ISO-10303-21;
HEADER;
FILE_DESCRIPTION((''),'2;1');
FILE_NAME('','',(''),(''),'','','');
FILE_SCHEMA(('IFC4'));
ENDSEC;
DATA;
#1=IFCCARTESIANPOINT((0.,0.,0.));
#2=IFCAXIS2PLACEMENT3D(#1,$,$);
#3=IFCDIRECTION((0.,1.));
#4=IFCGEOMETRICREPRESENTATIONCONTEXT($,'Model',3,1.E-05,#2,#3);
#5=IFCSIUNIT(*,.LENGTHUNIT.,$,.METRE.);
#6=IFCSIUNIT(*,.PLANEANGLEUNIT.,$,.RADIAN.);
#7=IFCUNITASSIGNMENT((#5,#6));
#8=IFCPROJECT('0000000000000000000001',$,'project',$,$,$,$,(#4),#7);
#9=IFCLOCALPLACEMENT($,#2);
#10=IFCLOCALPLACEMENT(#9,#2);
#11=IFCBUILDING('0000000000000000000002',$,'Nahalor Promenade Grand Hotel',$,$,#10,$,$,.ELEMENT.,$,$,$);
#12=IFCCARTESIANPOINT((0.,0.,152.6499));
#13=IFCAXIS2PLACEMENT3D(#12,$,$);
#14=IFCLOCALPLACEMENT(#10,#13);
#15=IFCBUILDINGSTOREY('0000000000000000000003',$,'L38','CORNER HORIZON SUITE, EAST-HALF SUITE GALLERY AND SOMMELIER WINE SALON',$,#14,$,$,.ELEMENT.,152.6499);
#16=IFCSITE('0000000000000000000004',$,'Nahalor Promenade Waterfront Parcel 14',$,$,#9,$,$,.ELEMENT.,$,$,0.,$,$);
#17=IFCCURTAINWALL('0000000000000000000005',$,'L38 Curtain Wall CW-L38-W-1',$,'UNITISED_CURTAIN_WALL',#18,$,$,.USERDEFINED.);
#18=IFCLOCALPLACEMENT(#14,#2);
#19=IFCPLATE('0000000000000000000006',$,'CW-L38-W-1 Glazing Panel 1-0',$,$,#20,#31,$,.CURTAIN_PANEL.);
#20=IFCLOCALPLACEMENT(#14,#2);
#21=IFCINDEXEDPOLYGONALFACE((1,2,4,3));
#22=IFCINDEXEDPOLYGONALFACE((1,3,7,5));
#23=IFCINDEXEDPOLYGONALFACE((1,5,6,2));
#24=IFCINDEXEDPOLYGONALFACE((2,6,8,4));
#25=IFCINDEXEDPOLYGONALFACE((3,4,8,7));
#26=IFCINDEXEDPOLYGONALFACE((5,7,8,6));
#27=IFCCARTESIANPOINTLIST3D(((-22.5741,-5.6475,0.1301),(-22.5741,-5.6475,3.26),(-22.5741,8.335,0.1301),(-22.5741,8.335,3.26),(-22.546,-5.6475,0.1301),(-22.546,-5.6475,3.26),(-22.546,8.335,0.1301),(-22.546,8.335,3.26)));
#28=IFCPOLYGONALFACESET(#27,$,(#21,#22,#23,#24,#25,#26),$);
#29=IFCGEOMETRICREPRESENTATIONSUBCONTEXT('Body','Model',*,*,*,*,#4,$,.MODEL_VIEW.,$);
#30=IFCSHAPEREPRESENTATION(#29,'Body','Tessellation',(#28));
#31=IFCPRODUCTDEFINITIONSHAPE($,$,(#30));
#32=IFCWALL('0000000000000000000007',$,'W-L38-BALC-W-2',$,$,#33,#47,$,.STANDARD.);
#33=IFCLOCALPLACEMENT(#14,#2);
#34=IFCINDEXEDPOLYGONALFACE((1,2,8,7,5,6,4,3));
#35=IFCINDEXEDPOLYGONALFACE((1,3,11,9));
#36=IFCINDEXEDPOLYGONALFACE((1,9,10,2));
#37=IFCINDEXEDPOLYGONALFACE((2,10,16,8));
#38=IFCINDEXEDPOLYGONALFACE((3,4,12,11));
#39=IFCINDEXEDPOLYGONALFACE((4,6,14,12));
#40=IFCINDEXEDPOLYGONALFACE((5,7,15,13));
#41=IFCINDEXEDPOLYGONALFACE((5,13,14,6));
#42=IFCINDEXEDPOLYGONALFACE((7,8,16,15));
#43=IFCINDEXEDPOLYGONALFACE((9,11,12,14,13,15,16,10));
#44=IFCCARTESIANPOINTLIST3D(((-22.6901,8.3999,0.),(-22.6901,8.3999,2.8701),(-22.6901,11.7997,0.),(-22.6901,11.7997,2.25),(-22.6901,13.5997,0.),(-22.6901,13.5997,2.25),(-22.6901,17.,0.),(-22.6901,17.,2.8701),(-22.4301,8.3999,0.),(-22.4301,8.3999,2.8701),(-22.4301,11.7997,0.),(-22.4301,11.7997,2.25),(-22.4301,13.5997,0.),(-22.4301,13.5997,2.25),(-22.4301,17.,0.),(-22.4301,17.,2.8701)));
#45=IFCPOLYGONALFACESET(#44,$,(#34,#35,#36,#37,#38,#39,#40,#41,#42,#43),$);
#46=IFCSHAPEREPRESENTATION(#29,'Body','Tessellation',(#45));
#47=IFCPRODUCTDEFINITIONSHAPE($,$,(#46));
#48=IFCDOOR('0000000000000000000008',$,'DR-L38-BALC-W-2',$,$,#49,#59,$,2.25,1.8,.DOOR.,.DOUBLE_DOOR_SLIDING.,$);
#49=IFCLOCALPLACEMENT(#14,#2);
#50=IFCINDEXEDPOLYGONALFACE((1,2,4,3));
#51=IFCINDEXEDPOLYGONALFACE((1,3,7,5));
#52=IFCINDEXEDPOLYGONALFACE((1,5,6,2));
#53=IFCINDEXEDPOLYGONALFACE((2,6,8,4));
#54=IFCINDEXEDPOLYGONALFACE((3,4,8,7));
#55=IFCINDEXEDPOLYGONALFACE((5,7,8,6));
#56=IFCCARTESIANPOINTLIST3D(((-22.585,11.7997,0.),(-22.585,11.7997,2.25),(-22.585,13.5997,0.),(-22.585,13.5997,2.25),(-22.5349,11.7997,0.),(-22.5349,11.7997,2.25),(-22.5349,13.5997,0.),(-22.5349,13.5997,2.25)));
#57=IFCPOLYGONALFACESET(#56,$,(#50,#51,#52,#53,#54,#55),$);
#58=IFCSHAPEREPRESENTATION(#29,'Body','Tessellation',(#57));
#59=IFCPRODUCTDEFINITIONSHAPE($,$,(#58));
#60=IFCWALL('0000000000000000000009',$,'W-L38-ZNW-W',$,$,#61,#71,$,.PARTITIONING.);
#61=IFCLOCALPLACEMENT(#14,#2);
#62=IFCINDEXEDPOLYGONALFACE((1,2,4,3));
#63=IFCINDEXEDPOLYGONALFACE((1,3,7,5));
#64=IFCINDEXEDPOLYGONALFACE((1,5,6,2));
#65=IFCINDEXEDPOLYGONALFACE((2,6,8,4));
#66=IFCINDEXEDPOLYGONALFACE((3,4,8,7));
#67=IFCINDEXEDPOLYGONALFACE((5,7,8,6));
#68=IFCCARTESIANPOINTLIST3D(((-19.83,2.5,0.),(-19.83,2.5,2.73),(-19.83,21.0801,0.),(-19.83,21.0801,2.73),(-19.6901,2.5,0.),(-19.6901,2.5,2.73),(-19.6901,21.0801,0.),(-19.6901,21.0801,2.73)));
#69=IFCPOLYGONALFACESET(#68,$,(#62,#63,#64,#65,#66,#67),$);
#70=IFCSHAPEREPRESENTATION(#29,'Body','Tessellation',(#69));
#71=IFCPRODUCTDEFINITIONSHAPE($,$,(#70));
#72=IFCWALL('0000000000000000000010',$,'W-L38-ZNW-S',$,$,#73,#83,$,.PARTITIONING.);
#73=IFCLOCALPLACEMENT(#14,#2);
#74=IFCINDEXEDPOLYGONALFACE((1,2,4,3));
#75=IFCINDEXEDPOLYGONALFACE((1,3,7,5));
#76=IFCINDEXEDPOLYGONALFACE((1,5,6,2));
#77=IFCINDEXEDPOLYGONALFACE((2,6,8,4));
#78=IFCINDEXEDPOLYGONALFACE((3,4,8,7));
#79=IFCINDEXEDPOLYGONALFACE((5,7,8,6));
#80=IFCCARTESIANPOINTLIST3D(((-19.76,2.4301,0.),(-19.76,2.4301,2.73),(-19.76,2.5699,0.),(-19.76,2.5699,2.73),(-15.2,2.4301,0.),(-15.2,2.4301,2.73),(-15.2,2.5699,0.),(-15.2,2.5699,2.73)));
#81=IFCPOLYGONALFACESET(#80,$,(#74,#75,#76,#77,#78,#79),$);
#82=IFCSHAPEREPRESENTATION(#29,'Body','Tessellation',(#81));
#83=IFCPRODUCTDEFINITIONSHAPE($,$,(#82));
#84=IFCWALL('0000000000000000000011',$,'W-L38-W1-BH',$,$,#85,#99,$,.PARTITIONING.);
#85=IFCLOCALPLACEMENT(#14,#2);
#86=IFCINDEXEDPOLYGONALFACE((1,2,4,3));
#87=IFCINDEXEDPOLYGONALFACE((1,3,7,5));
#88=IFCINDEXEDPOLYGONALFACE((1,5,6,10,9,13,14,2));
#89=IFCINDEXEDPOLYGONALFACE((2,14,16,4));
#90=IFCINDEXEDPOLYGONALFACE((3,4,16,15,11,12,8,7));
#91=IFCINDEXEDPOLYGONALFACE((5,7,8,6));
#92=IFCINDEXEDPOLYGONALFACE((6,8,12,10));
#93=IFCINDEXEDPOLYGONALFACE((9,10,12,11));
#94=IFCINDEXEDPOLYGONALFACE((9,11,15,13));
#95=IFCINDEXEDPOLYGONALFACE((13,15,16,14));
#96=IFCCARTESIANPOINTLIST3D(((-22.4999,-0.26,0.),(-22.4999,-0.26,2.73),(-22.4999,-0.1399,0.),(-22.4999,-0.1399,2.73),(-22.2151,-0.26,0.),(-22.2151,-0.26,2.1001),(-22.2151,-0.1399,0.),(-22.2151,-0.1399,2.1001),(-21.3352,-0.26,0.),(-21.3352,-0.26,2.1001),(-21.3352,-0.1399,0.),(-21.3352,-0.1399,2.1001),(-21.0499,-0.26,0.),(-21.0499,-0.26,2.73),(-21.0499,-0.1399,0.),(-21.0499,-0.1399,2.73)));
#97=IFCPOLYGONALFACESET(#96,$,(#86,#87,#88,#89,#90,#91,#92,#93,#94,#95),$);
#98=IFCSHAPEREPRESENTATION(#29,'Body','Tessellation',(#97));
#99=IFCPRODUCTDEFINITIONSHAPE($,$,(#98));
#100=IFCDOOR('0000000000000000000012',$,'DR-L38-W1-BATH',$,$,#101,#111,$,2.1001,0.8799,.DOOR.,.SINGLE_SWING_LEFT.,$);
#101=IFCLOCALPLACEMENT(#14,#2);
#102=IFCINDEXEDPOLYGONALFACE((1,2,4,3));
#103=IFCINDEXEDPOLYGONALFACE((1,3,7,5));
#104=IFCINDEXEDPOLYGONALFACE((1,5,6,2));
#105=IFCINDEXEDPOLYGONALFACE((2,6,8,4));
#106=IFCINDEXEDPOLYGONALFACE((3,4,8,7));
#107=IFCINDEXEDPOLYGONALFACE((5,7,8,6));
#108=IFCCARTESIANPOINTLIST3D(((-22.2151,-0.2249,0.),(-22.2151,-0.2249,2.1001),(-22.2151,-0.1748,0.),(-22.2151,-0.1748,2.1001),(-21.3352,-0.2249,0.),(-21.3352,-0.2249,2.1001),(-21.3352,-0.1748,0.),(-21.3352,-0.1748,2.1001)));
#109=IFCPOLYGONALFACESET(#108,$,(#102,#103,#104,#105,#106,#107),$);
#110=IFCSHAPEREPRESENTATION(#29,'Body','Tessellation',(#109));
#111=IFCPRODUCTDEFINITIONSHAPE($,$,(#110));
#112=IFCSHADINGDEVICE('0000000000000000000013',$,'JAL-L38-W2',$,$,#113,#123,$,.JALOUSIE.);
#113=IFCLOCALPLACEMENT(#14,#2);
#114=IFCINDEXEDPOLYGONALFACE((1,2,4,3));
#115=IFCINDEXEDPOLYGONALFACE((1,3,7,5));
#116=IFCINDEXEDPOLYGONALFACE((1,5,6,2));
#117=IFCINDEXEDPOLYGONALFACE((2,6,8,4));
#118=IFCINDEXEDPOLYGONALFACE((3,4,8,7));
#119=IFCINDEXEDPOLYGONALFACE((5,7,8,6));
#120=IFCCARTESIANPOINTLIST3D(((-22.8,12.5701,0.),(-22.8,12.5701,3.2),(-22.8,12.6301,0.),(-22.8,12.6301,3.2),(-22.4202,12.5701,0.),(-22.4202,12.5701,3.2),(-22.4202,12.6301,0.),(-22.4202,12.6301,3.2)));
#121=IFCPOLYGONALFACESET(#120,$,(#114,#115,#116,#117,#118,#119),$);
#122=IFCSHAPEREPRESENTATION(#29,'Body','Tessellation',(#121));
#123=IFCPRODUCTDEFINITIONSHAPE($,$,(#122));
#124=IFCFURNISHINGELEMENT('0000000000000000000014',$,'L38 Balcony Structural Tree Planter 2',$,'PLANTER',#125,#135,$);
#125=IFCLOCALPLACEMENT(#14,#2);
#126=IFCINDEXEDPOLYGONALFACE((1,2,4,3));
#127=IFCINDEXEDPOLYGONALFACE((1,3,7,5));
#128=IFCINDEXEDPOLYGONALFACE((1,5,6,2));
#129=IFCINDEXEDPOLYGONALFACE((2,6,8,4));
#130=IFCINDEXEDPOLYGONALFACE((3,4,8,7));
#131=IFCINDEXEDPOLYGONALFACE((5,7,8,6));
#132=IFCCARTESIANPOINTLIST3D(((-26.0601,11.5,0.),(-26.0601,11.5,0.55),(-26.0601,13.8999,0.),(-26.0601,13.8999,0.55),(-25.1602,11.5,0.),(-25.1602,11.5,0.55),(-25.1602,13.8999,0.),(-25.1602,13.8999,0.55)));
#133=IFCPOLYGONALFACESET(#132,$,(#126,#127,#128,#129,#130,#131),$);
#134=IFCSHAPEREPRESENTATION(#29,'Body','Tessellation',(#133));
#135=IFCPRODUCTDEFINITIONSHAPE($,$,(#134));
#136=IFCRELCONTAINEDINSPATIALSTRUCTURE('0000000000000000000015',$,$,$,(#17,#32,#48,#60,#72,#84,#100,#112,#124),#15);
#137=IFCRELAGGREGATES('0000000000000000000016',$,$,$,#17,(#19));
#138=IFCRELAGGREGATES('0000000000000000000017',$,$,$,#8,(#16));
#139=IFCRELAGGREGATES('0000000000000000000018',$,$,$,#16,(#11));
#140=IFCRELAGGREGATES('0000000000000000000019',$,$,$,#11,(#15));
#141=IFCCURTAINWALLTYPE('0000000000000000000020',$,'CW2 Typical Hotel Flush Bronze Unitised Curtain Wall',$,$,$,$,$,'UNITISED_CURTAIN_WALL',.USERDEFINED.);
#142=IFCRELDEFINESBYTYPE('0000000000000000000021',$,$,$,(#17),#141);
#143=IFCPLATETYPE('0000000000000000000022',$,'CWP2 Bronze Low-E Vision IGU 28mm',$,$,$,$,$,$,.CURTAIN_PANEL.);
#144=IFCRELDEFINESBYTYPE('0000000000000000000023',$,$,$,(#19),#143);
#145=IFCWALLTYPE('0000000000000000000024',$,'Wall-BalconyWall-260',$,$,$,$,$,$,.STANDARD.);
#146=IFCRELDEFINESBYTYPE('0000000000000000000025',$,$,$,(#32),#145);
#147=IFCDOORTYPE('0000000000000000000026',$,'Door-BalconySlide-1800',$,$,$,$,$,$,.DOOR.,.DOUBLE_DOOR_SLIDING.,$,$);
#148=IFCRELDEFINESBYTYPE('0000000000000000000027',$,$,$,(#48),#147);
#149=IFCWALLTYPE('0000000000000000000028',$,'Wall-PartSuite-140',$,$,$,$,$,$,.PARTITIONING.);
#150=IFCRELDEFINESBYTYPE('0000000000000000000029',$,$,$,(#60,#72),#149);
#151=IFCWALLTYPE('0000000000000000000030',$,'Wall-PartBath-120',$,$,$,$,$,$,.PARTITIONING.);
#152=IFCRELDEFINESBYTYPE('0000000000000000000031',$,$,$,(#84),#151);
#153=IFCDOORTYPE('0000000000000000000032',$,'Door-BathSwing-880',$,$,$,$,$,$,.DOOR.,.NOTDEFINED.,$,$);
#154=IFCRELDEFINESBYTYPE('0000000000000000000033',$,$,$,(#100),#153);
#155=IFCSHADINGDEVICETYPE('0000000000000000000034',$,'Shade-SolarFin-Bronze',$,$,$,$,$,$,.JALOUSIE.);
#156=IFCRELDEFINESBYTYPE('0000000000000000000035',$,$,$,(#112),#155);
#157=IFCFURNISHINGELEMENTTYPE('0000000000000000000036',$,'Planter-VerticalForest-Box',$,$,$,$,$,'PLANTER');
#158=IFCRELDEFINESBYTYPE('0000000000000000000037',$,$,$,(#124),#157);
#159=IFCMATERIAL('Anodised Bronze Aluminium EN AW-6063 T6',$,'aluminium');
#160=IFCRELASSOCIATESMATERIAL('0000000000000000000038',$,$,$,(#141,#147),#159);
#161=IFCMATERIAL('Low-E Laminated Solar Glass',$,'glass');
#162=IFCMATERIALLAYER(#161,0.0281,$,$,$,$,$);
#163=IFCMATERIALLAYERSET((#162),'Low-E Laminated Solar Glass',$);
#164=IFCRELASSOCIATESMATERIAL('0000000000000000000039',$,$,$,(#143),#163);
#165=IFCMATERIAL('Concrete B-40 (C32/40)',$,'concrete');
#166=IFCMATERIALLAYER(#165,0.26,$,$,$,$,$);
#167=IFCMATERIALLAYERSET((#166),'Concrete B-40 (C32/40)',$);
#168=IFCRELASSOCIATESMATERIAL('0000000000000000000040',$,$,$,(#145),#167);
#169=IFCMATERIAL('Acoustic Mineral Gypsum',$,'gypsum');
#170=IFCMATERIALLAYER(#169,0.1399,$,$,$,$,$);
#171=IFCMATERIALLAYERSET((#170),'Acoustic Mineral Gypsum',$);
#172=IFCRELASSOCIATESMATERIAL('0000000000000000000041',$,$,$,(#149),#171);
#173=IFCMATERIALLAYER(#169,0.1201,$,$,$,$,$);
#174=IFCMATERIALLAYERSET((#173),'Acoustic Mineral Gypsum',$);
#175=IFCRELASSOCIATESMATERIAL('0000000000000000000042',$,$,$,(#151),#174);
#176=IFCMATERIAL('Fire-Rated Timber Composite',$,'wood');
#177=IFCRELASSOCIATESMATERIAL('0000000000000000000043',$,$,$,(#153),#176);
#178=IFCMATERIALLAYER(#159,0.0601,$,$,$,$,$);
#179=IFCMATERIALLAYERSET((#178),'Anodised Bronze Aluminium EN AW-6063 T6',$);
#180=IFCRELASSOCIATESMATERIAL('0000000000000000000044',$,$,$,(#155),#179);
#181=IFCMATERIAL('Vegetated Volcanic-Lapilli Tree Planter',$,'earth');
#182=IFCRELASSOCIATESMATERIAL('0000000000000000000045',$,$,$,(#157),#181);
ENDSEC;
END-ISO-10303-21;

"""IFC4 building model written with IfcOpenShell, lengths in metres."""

from ifc_helpers import new_model, si_unit, direction, frame, frame_2d, origin, origin_2d, place, context, subcontext, project, spatial, rectangle, extrude, source, transform, mapped, material, layer, layer_set, type_object, element, fill, aggregate, save


model = new_model("IFC4")

# Units and contexts
model_context = context("Model", 3, precision=1e-05, world=origin(), true_north=direction((0.0, 1.0)))
body_context = subcontext(model_context, "Body", "Model", "MODEL_VIEW")
ifc_project = project(units=[si_unit("LENGTHUNIT", "METRE"), si_unit("PLANEANGLEUNIT", "RADIAN")], contexts=[model_context])

# Site, building, storey
site_placement = place(None, origin())
site = spatial("IfcSite", under=ifc_project, at=site_placement, Name="Nahalor Promenade Waterfront Parcel 14", CompositionType="ELEMENT", RefElevation=0.0)
building_placement = place(site_placement, origin())
building = spatial("IfcBuilding", under=site, at=building_placement, Name="Nahalor Promenade Grand Hotel", CompositionType="ELEMENT")
storey_placement = place(building_placement, frame((0.0, 0.0, 152.6499)))
storey = spatial("IfcBuildingStorey", under=building, at=storey_placement, Name="L38", Description="CORNER HORIZON SUITE, EAST-HALF SUITE GALLERY AND SOMMELIER WINE SALON", CompositionType="ELEMENT", Elevation=152.6499)

# Curtain wall, plate
ifc_material_1 = material(Name="Anodised Bronze Aluminium EN AW-6063 T6", Category="aluminium")
curtain_wall_type = type_object("IfcCurtainWallType", Name="CW2 Typical Hotel Flush Bronze Unitised Curtain Wall", ElementType="UNITISED_CURTAIN_WALL", PredefinedType="USERDEFINED", material=ifc_material_1)
curtain_wall_placement = place(storey_placement, origin())
curtain_wall = element("IfcCurtainWall", 1, at=curtain_wall_placement, inside=storey, type_object=curtain_wall_type, Name="L38 Curtain Wall CW-L38-W-1", ObjectType="UNITISED_CURTAIN_WALL", PredefinedType="USERDEFINED")
ifc_material_2 = material(Name="Low-E Laminated Solar Glass", Category="glass")
ifc_layer_1 = layer(ifc_material_2, 0.0281)
ifc_layer_set_1 = layer_set([ifc_layer_1], Name="Low-E Laminated Solar Glass")
plate_type = type_object("IfcPlateType", Name="CWP2 Bronze Low-E Vision IGU 28mm", PredefinedType="CURTAIN_PANEL", material=ifc_layer_set_1)
shared_shape_1 = source(origin(), body_context, "Body", "SweptSolid", [
    extrude(rectangle(XDim=13.9824, YDim=0.0281, at=origin_2d()), origin(), (0.0, 0.0, 1.0), 3.1299),
])
plate_placement = place(storey_placement, frame((-22.5601, 1.3438, 0.1301), z_axis=(0.0, 0.0, 1.0), x_axis=(0.0, 1.0, 0.0)))
plate = element("IfcPlate", 2, at=plate_placement, type_object=plate_type, Name="CW-L38-W-1 Glazing Panel 1-0", PredefinedType="CURTAIN_PANEL", context=body_context, shape_type="MappedRepresentation", body=[
    mapped(shared_shape_1, transform((0.0, 0.0, 0.0), scale=1.0)),
])
aggregate(curtain_wall, [plate])

# Wall, opening, door
ifc_material_3 = material(Name="Concrete B-40 (C32/40)", Category="concrete")
ifc_layer_2 = layer(ifc_material_3, 0.26)
ifc_layer_set_2 = layer_set([ifc_layer_2], Name="Concrete B-40 (C32/40)")
wall_type_1 = type_object("IfcWallType", Name="Wall-BalconyWall-260", PredefinedType="STANDARD", material=ifc_layer_set_2)
shared_shape_2 = source(origin(), body_context, "Body", "SweptSolid", [
    extrude(rectangle(XDim=8.6001, YDim=0.26, at=frame_2d((4.3, 0.0))), origin(), (0.0, 0.0, 1.0), 2.8701),
])
wall_1_placement = place(storey_placement, frame((-22.5601, 8.3999, 0.0), z_axis=(0.0, 0.0, 1.0), x_axis=(0.0, 1.0, 0.0)))
wall_1 = element("IfcWall", 3, at=wall_1_placement, inside=storey, type_object=wall_type_1, Name="W-L38-BALC-W-2", PredefinedType="STANDARD", context=body_context, shape_type="MappedRepresentation", body=[
    mapped(shared_shape_2, transform((0.0, 0.0, 0.0), scale=1.0)),
])
opening_1_placement = place(wall_1_placement, frame((3.3999, 0.0, 0.0)))
opening_1 = element("IfcOpeningElement", 4, at=opening_1_placement, cuts=wall_1, PredefinedType="OPENING", context=body_context, shape_type="SweptSolid", body=[
    extrude(rectangle(XDim=1.8, YDim=2.25, at=frame_2d((0.8999, 1.125))), frame((0.0, 0.1399, 0.0), z_axis=(0.0, -1.0, 0.0), x_axis=(1.0, 0.0, 0.0)), (0.0, 0.0, 1.0), 0.28),
])
door_type_1 = type_object("IfcDoorType", Name="Door-BalconySlide-1800", OperationType="DOUBLE_DOOR_SLIDING", PredefinedType="DOOR", material=ifc_material_1)
shared_shape_3 = source(origin(), body_context, "Body", "SweptSolid", [
    extrude(rectangle(XDim=1.8, YDim=2.25, at=frame_2d((0.8999, 1.125))), frame((0.0, 0.0249, 0.0), z_axis=(0.0, -1.0, 0.0), x_axis=(1.0, 0.0, 0.0)), (0.0, 0.0, 1.0), 0.05),
])
door_1_placement = place(opening_1_placement, origin())
door_1 = element("IfcDoor", 5, at=door_1_placement, inside=storey, type_object=door_type_1, Name="DR-L38-BALC-W-2", OperationType="DOUBLE_DOOR_SLIDING", OverallHeight=2.25, OverallWidth=1.8, PredefinedType="DOOR", context=body_context, shape_type="MappedRepresentation", body=[
    mapped(shared_shape_3, transform((0.0, 0.0, 0.0), scale=1.0)),
])
fill(opening_1, door_1)

# Walls
ifc_material_4 = material(Name="Acoustic Mineral Gypsum", Category="gypsum")
ifc_layer_3 = layer(ifc_material_4, 0.1399)
ifc_layer_set_3 = layer_set([ifc_layer_3], Name="Acoustic Mineral Gypsum")
wall_type_2 = type_object("IfcWallType", Name="Wall-PartSuite-140", PredefinedType="PARTITIONING", material=ifc_layer_set_3)
shared_shape_4 = source(origin(), body_context, "Body", "SweptSolid", [
    extrude(rectangle(XDim=18.5801, YDim=0.1399, at=frame_2d((9.29, 0.0))), origin(), (0.0, 0.0, 1.0), 2.73),
])
wall_2_placement = place(storey_placement, frame((-19.76, 2.5, 0.0), z_axis=(0.0, 0.0, 1.0), x_axis=(0.0, 1.0, 0.0)))
element("IfcWall", 6, at=wall_2_placement, inside=storey, type_object=wall_type_2, Name="W-L38-ZNW-W", PredefinedType="PARTITIONING", context=body_context, shape_type="MappedRepresentation", body=[
    mapped(shared_shape_4, transform((0.0, 0.0, 0.0), scale=1.0)),
])
shared_shape_5 = source(origin(), body_context, "Body", "SweptSolid", [
    extrude(rectangle(XDim=4.5601, YDim=0.1399, at=frame_2d((2.28, 0.0))), origin(), (0.0, 0.0, 1.0), 2.73),
])
wall_3_placement = place(storey_placement, frame((-19.76, 2.5, 0.0), z_axis=(0.0, 0.0, 1.0), x_axis=(1.0, 0.0, 0.0)))
element("IfcWall", 7, at=wall_3_placement, inside=storey, type_object=wall_type_2, Name="W-L38-ZNW-S", PredefinedType="PARTITIONING", context=body_context, shape_type="MappedRepresentation", body=[
    mapped(shared_shape_5, transform((0.0, 0.0, 0.0), scale=1.0)),
])

# Wall, opening, door
ifc_layer_4 = layer(ifc_material_4, 0.1201)
ifc_layer_set_4 = layer_set([ifc_layer_4], Name="Acoustic Mineral Gypsum")
wall_type_3 = type_object("IfcWallType", Name="Wall-PartBath-120", PredefinedType="PARTITIONING", material=ifc_layer_set_4)
shared_shape_6 = source(origin(), body_context, "Body", "SweptSolid", [
    extrude(rectangle(XDim=1.45, YDim=0.1201, at=frame_2d((0.7251, 0.0))), origin(), (0.0, 0.0, 1.0), 2.73),
])
wall_4_placement = place(storey_placement, frame((-22.5, -0.2, 0.0), z_axis=(0.0, 0.0, 1.0), x_axis=(1.0, 0.0, 0.0)))
wall_4 = element("IfcWall", 8, at=wall_4_placement, inside=storey, type_object=wall_type_3, Name="W-L38-W1-BH", PredefinedType="PARTITIONING", context=body_context, shape_type="MappedRepresentation", body=[
    mapped(shared_shape_6, transform((0.0, 0.0, 0.0), scale=1.0)),
])
opening_2_placement = place(wall_4_placement, frame((0.2849, 0.0, 0.0)))
opening_2 = element("IfcOpeningElement", 9, at=opening_2_placement, cuts=wall_4, PredefinedType="OPENING", context=body_context, shape_type="SweptSolid", body=[
    extrude(rectangle(XDim=0.8799, YDim=2.1001, at=frame_2d((0.4399, 1.05))), frame((0.0, 0.0701, 0.0), z_axis=(0.0, -1.0, 0.0), x_axis=(1.0, 0.0, 0.0)), (0.0, 0.0, 1.0), 0.1401),
])
ifc_material_5 = material(Name="Fire-Rated Timber Composite", Category="wood")
door_type_2 = type_object("IfcDoorType", Name="Door-BathSwing-880", OperationType="NOTDEFINED", PredefinedType="DOOR", material=ifc_material_5)
shared_shape_7 = source(origin(), body_context, "Body", "SweptSolid", [
    extrude(rectangle(XDim=0.8799, YDim=2.1001, at=frame_2d((0.4399, 1.05))), frame((0.0, 0.0249, 0.0), z_axis=(0.0, -1.0, 0.0), x_axis=(1.0, 0.0, 0.0)), (0.0, 0.0, 1.0), 0.05),
])
door_2_placement = place(opening_2_placement, frame((0.8799, 0.0, 0.0), z_axis=(0.0, 0.0, 1.0), x_axis=(-1.0, 0.0, 0.0)))
door_2 = element("IfcDoor", 10, at=door_2_placement, inside=storey, type_object=door_type_2, Name="DR-L38-W1-BATH", OperationType="SINGLE_SWING_LEFT", OverallHeight=2.1001, OverallWidth=0.8799, PredefinedType="DOOR", context=body_context, shape_type="MappedRepresentation", body=[
    mapped(shared_shape_7, transform((0.0, 0.0, 0.0), scale=1.0)),
])
fill(opening_2, door_2)

# Shading device
ifc_layer_5 = layer(ifc_material_1, 0.0601)
ifc_layer_set_5 = layer_set([ifc_layer_5], Name="Anodised Bronze Aluminium EN AW-6063 T6")
shading_device_type = type_object("IfcShadingDeviceType", Name="Shade-SolarFin-Bronze", PredefinedType="JALOUSIE", material=ifc_layer_set_5)
shared_shape_8 = source(origin(), body_context, "Body", "SweptSolid", [
    extrude(rectangle(XDim=0.3799, YDim=0.0601, at=origin_2d()), origin(), (0.0, 0.0, 1.0), 3.2),
])
shading_device_placement = place(storey_placement, frame((-22.6101, 12.6001, 0.0), z_axis=(0.0, 0.0, 1.0), x_axis=(1.0, 0.0, 0.0)))
element("IfcShadingDevice", 11, at=shading_device_placement, inside=storey, type_object=shading_device_type, Name="JAL-L38-W2", PredefinedType="JALOUSIE", context=body_context, shape_type="MappedRepresentation", body=[
    mapped(shared_shape_8, transform((0.0, 0.0, 0.0), scale=1.0)),
])

# Furnishing element
ifc_material_6 = material(Name="Vegetated Volcanic-Lapilli Tree Planter", Category="earth")
furnishing_element_type = type_object("IfcFurnishingElementType", Name="Planter-VerticalForest-Box", ElementType="PLANTER", material=ifc_material_6)
shared_shape_9 = source(origin(), body_context, "Body", "SweptSolid", [
    extrude(rectangle(XDim=2.3999, YDim=0.8999, at=origin_2d()), origin(), (0.0, 0.0, 1.0), 0.55),
])
furnishing_placement = place(storey_placement, frame((-25.6101, 12.7, 0.0), z_axis=(0.0, 0.0, 1.0), x_axis=(0.0, 1.0, 0.0)))
element("IfcFurnishingElement", 12, at=furnishing_placement, inside=storey, type_object=furnishing_element_type, Name="L38 Balcony Structural Tree Planter 2", ObjectType="PLANTER", context=body_context, shape_type="MappedRepresentation", body=[
    mapped(shared_shape_9, transform((0.0, 0.0, 0.0), scale=1.0)),
])

save(model, "model.ifc")
